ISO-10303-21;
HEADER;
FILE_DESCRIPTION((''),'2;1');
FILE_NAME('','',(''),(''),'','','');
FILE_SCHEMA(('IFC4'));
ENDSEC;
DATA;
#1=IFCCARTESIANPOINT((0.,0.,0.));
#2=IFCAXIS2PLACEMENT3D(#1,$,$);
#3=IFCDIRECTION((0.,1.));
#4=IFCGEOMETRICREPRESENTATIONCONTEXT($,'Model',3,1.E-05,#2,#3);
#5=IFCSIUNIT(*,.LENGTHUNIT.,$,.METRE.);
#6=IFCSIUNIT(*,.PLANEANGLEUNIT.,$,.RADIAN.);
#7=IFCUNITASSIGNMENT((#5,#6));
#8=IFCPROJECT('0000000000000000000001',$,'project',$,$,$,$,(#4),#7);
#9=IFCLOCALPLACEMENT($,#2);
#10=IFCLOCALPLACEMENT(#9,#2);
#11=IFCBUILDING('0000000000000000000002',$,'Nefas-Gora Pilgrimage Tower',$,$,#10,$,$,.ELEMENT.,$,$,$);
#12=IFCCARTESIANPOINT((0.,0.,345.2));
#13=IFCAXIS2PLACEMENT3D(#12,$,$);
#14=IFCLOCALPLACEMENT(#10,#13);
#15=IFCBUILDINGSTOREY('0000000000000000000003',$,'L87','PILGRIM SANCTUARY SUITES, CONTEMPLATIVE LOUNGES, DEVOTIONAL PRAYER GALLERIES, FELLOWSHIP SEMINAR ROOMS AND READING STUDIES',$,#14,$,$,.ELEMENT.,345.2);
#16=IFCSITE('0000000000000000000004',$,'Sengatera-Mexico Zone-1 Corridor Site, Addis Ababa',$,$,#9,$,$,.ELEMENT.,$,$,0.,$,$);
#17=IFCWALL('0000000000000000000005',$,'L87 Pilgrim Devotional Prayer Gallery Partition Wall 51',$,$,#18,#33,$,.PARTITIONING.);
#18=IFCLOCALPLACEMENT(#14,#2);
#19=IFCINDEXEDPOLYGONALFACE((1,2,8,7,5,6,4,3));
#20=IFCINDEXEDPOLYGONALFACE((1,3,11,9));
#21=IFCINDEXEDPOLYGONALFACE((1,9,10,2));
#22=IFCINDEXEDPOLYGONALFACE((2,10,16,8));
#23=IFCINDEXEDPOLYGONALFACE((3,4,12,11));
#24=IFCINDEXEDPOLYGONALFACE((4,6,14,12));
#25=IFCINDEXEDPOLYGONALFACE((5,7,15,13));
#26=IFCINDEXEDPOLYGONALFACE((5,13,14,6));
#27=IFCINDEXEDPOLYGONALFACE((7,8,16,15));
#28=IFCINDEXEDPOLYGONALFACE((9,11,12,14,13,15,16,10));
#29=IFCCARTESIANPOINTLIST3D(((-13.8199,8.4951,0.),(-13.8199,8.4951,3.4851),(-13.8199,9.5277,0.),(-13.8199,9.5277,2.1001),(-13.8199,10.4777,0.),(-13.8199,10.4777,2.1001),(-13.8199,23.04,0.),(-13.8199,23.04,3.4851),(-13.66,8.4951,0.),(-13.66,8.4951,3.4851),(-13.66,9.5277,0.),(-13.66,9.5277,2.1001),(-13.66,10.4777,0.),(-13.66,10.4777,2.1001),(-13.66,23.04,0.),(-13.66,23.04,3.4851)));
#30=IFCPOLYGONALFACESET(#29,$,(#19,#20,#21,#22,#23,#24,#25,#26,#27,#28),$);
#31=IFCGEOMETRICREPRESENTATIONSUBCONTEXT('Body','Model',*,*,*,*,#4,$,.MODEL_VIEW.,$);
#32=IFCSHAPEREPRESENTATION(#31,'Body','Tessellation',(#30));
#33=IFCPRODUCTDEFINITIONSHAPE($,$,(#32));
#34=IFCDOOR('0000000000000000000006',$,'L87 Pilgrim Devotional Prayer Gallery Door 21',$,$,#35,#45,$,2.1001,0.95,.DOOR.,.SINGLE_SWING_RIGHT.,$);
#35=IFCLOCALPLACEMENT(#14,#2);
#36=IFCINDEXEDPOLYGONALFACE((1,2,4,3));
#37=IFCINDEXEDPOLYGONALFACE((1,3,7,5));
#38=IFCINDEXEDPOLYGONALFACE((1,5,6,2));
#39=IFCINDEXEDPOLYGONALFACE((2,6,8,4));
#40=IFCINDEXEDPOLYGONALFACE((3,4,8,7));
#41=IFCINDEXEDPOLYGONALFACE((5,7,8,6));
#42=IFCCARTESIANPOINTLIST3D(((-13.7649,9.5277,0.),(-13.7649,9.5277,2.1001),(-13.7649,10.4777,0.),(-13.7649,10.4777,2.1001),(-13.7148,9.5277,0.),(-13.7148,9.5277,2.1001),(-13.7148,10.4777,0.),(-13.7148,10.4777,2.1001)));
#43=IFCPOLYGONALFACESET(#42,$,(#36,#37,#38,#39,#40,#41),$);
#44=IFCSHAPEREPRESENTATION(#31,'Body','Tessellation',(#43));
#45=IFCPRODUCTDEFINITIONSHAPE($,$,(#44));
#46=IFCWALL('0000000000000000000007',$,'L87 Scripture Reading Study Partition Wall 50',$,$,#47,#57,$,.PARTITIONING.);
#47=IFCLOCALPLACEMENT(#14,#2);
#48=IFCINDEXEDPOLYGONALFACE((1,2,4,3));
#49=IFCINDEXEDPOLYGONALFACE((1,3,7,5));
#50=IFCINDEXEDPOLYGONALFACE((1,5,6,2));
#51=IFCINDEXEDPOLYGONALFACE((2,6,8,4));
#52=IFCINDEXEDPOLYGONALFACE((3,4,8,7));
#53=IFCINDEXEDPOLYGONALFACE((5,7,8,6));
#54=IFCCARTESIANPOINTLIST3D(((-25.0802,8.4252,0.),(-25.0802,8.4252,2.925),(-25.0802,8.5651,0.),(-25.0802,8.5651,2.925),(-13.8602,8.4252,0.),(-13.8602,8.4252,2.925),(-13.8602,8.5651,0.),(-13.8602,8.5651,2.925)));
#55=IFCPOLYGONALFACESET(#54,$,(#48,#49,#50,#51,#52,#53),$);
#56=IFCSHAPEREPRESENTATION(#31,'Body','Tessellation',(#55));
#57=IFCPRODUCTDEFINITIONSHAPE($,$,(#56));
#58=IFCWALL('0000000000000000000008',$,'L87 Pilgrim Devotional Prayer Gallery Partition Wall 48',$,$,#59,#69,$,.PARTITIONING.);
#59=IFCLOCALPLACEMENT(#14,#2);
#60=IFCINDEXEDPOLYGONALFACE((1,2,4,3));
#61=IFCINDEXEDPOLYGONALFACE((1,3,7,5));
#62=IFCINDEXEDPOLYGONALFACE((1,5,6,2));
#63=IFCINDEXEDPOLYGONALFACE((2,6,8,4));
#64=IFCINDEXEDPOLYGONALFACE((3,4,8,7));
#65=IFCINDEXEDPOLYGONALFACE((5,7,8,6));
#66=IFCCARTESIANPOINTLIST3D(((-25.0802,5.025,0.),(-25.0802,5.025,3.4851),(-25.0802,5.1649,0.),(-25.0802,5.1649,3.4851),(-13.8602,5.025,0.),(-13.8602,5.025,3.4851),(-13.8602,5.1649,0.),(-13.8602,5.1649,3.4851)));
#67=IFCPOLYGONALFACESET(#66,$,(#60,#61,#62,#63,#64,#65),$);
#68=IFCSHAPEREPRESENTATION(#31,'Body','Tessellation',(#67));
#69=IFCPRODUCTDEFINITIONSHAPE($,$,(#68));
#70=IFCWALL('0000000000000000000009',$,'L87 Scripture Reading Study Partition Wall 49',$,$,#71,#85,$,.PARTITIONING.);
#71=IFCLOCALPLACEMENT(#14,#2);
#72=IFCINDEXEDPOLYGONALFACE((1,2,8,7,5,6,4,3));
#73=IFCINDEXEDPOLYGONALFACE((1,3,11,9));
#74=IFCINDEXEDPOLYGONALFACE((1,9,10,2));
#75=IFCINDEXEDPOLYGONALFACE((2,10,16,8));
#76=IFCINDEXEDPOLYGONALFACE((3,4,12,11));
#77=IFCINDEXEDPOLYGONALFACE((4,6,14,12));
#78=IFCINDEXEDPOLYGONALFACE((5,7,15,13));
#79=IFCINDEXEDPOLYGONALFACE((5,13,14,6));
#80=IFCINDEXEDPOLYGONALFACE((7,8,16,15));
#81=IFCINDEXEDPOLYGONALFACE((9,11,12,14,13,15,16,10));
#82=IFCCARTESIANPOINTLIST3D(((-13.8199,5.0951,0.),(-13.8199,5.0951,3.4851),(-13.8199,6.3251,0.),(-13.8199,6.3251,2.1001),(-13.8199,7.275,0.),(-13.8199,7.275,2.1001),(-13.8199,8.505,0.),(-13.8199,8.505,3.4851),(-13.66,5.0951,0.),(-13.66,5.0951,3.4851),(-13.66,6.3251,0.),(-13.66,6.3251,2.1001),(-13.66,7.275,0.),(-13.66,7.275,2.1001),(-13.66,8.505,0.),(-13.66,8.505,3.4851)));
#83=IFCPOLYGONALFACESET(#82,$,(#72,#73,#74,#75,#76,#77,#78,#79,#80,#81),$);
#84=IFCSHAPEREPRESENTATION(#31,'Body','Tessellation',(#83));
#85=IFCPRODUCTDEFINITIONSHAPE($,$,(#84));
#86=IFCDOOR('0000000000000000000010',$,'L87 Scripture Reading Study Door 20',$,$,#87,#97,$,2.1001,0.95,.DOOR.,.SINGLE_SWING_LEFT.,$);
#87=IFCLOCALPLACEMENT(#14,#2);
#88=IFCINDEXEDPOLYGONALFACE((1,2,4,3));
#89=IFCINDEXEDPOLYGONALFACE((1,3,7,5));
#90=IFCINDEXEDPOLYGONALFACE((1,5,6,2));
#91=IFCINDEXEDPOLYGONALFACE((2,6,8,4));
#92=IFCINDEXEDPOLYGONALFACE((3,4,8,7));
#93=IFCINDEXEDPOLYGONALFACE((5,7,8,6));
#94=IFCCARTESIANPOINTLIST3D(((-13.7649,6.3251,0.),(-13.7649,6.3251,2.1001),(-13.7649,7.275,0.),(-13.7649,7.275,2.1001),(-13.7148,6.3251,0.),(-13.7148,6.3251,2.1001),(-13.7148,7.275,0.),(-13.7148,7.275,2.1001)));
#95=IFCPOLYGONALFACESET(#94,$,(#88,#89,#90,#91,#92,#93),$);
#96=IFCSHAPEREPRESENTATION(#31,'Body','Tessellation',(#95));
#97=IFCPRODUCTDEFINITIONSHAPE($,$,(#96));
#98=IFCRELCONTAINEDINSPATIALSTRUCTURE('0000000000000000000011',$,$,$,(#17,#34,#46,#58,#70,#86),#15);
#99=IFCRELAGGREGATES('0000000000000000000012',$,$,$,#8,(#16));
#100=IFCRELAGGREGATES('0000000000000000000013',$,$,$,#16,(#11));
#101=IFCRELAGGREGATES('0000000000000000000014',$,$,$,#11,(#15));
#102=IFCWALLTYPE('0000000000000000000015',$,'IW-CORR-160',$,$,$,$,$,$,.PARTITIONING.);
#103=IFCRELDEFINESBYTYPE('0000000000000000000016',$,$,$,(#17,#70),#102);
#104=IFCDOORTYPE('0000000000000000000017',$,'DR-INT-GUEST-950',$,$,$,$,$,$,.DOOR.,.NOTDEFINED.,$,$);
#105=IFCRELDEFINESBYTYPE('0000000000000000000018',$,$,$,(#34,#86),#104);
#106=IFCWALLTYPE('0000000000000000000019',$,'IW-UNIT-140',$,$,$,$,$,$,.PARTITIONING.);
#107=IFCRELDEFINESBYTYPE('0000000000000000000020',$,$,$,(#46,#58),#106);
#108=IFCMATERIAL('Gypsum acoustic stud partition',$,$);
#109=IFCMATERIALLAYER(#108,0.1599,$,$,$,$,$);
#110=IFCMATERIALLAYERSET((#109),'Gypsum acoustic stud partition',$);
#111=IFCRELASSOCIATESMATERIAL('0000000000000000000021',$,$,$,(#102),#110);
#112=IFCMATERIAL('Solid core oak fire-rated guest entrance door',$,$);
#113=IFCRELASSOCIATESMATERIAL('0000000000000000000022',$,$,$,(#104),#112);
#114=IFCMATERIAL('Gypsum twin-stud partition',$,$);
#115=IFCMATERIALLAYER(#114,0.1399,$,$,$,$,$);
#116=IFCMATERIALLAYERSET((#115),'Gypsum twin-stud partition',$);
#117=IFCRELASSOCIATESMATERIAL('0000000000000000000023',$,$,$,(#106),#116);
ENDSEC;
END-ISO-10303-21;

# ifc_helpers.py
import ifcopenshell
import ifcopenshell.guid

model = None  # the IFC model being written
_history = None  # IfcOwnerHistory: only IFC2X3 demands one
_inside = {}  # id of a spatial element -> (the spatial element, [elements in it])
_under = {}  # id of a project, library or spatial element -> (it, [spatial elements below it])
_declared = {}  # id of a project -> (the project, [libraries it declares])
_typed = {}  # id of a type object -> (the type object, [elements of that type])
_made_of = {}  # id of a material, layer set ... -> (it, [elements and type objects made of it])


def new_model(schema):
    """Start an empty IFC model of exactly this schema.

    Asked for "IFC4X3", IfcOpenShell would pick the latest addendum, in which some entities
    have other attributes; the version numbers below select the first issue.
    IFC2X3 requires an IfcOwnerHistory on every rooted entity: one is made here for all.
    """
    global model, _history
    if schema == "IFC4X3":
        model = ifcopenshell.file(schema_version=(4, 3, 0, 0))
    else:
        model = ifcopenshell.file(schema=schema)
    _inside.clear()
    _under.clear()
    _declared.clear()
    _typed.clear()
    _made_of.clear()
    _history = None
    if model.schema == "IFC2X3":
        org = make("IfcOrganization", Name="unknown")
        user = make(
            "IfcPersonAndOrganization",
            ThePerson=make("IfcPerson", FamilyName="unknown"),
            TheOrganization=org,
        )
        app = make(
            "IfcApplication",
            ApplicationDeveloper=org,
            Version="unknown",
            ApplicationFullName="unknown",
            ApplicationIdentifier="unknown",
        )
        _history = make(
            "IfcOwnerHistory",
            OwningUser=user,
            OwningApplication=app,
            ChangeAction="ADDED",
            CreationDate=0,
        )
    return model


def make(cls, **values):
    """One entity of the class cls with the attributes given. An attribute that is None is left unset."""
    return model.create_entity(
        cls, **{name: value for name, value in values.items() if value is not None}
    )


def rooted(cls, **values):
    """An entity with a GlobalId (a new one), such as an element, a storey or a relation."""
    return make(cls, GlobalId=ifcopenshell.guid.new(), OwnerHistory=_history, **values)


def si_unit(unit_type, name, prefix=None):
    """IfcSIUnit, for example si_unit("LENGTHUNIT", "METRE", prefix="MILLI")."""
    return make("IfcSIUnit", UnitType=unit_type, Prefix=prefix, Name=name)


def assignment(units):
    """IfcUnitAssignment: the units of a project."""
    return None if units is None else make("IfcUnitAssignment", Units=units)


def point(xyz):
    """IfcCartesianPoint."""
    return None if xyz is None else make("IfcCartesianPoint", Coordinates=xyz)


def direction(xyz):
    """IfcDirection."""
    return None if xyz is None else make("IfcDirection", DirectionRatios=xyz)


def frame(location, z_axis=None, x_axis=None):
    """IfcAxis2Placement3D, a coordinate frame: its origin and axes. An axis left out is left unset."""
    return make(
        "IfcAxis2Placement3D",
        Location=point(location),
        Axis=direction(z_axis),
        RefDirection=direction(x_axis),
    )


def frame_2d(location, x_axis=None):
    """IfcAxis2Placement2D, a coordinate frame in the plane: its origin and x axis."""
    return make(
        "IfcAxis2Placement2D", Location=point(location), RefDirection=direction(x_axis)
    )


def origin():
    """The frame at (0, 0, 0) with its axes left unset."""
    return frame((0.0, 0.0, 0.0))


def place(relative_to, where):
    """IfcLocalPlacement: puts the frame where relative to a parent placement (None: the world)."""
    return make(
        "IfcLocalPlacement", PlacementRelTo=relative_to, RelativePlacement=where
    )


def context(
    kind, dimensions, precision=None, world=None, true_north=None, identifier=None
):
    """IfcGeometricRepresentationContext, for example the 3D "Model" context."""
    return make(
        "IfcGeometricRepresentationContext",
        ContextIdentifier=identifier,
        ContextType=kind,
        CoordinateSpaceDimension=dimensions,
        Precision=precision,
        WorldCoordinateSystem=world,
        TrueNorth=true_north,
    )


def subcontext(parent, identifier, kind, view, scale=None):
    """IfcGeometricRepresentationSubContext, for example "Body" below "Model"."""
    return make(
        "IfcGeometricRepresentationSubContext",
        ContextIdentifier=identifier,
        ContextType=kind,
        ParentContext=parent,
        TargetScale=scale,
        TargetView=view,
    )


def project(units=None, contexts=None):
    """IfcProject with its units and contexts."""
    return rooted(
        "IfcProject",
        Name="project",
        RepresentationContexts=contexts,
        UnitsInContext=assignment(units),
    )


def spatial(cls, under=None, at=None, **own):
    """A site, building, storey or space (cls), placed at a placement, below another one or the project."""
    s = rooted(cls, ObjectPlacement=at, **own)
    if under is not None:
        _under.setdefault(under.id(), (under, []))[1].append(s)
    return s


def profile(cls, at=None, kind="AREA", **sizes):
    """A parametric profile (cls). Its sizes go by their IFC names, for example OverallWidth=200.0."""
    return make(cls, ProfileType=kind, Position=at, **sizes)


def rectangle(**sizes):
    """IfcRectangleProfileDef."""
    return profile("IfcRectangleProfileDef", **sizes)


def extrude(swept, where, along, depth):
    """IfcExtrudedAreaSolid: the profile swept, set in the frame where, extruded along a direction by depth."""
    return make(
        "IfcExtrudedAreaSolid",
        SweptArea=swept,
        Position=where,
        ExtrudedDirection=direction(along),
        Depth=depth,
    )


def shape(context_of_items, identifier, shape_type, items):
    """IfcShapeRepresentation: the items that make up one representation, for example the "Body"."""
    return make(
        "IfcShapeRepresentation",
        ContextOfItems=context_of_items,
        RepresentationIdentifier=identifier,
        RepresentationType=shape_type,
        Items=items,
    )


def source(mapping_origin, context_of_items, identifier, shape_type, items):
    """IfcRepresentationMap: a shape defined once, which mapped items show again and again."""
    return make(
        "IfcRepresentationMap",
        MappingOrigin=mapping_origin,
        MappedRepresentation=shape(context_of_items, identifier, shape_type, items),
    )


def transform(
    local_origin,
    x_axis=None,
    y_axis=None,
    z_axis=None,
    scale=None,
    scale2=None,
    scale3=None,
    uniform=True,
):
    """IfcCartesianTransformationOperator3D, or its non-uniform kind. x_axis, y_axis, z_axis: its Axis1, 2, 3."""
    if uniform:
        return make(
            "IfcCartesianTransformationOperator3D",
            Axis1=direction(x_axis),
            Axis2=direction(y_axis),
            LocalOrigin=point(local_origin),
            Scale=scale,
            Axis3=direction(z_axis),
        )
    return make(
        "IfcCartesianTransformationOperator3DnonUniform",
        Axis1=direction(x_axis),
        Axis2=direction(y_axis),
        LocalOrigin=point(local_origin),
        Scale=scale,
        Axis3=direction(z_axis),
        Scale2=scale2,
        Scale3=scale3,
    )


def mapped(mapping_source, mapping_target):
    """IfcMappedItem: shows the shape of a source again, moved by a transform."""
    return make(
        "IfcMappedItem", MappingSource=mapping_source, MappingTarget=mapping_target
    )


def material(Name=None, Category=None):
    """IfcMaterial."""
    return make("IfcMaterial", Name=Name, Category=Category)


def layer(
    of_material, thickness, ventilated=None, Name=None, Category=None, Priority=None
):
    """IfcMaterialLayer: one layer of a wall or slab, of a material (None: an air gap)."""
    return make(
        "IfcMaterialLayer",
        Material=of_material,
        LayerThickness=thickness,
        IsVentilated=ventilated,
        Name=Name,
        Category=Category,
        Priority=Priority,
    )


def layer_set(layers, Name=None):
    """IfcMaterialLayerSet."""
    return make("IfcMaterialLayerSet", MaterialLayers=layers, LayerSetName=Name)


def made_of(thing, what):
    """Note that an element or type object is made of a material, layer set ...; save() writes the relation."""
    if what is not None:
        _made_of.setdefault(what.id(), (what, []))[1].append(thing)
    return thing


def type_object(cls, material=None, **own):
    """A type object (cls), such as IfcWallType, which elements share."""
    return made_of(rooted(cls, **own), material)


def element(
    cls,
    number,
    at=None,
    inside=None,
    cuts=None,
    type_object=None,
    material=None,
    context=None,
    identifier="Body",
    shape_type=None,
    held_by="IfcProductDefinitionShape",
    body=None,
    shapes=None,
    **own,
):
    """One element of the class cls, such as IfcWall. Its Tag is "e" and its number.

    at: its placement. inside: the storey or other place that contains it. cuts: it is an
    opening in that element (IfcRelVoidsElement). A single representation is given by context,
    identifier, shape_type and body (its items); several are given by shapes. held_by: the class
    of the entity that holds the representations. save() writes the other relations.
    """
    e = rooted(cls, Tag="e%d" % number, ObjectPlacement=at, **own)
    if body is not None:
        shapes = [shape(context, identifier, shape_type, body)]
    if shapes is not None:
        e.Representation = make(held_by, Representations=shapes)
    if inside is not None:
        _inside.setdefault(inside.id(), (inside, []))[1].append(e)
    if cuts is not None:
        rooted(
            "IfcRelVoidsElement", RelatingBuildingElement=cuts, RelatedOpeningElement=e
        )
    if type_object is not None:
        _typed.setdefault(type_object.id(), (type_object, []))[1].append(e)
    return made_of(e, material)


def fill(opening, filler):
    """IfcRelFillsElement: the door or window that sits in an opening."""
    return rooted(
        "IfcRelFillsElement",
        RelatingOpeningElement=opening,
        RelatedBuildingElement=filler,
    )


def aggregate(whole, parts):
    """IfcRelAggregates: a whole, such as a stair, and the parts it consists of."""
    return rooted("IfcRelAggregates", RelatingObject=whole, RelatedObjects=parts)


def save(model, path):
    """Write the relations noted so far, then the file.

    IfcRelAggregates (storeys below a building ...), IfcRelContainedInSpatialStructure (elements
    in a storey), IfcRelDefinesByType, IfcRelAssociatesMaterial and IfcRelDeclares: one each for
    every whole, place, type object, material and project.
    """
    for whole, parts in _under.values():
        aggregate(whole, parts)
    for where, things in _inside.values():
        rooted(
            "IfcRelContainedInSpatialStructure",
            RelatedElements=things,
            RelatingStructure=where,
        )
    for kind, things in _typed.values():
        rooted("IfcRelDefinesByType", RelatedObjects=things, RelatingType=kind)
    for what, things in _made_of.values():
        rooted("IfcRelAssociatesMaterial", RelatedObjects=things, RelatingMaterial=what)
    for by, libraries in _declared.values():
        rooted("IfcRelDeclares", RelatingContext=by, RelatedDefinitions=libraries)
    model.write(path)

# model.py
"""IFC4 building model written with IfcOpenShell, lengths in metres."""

from ifc_helpers import new_model, si_unit, direction, frame, frame_2d, origin, place, context, subcontext, project, spatial, rectangle, extrude, source, transform, mapped, material, layer, layer_set, type_object, element, fill, save


model = new_model("IFC4")

# Units and contexts
model_context = context("Model", 3, precision=1e-05, world=origin(), true_north=direction((0.0, 1.0)))
body_context = subcontext(model_context, "Body", "Model", "MODEL_VIEW")
ifc_project = project(units=[si_unit("LENGTHUNIT", "METRE"), si_unit("PLANEANGLEUNIT", "RADIAN")], contexts=[model_context])

# Site, building, storey
site_placement = place(None, origin())
site = spatial("IfcSite", under=ifc_project, at=site_placement, Name="Sengatera-Mexico Zone-1 Corridor Site, Addis Ababa", CompositionType="ELEMENT", RefElevation=0.0)
building_placement = place(site_placement, origin())
building = spatial("IfcBuilding", under=site, at=building_placement, Name="Nefas-Gora Pilgrimage Tower", CompositionType="ELEMENT")
storey_placement = place(building_placement, frame((0.0, 0.0, 345.2)))
storey = spatial("IfcBuildingStorey", under=building, at=storey_placement, Name="L87", Description="PILGRIM SANCTUARY SUITES, CONTEMPLATIVE LOUNGES, DEVOTIONAL PRAYER GALLERIES, FELLOWSHIP SEMINAR ROOMS AND READING STUDIES", CompositionType="ELEMENT", Elevation=345.2)

# Wall, opening, door
ifc_material_1 = material(Name="Gypsum acoustic stud partition")
ifc_layer_1 = layer(ifc_material_1, 0.1599)
ifc_layer_set_1 = layer_set([ifc_layer_1], Name="Gypsum acoustic stud partition")
wall_type_1 = type_object("IfcWallType", Name="IW-CORR-160", PredefinedType="PARTITIONING", material=ifc_layer_set_1)
shared_shape_1 = source(origin(), body_context, "Body", "SweptSolid", [
    extrude(rectangle(XDim=14.5449, YDim=0.1599, at=frame_2d((7.2725, 0.0))), origin(), (0.0, 0.0, 1.0), 3.4851),
])
wall_1_placement = place(storey_placement, frame((-13.74, 8.4951, 0.0), z_axis=(0.0, 0.0, 1.0), x_axis=(0.0, 1.0, 0.0)))
wall_1 = element("IfcWall", 1, at=wall_1_placement, inside=storey, type_object=wall_type_1, Name="L87 Pilgrim Devotional Prayer Gallery Partition Wall 51", PredefinedType="PARTITIONING", context=body_context, shape_type="MappedRepresentation", body=[
    mapped(shared_shape_1, transform((0.0, 0.0, 0.0), x_axis=(1.0, 0.0, 0.0), y_axis=(0.0, 1.0, 0.0), z_axis=(0.0, 0.0, 1.0), scale=1.0)),
])
opening_1_placement = place(wall_1_placement, frame((1.0325, 0.0, 0.0)))
opening_1 = element("IfcOpeningElement", 2, at=opening_1_placement, cuts=wall_1, PredefinedType="OPENING", context=body_context, shape_type="SweptSolid", body=[
    extrude(rectangle(XDim=0.95, YDim=2.1001, at=frame_2d((0.4751, 1.05))), frame((0.0, 0.0898, 0.0), z_axis=(0.0, -1.0, 0.0), x_axis=(1.0, 0.0, 0.0)), (0.0, 0.0, 1.0), 0.1799),
])
ifc_material_2 = material(Name="Solid core oak fire-rated guest entrance door")
door_type = type_object("IfcDoorType", Name="DR-INT-GUEST-950", OperationType="NOTDEFINED", PredefinedType="DOOR", material=ifc_material_2)
shared_shape_2 = source(origin(), body_context, "Body", "SweptSolid", [
    extrude(rectangle(XDim=0.95, YDim=2.1001, at=frame_2d((0.4751, 1.05))), frame((0.0, 0.0249, 0.0), z_axis=(0.0, -1.0, 0.0), x_axis=(1.0, 0.0, 0.0)), (0.0, 0.0, 1.0), 0.05),
])
door_1_placement = place(opening_1_placement, origin())
door_1 = element("IfcDoor", 3, at=door_1_placement, inside=storey, type_object=door_type, Name="L87 Pilgrim Devotional Prayer Gallery Door 21", OperationType="SINGLE_SWING_RIGHT", OverallHeight=2.1001, OverallWidth=0.95, PredefinedType="DOOR", context=body_context, shape_type="MappedRepresentation", body=[
    mapped(shared_shape_2, transform((0.0, 0.0, 0.0), x_axis=(1.0, 0.0, 0.0), y_axis=(0.0, 1.0, 0.0), z_axis=(0.0, 0.0, 1.0), scale=1.0)),
])
fill(opening_1, door_1)

# Walls
ifc_material_3 = material(Name="Gypsum twin-stud partition")
ifc_layer_2 = layer(ifc_material_3, 0.1399)
ifc_layer_set_2 = layer_set([ifc_layer_2], Name="Gypsum twin-stud partition")
wall_type_2 = type_object("IfcWallType", Name="IW-UNIT-140", PredefinedType="PARTITIONING", material=ifc_layer_set_2)
shared_shape_3 = source(origin(), body_context, "Body", "SweptSolid", [
    extrude(rectangle(XDim=11.22, YDim=0.1399, at=frame_2d((5.6099, 0.0))), origin(), (0.0, 0.0, 1.0), 2.925),
])
wall_2_placement = place(storey_placement, frame((-25.0801, 8.4951, 0.0), z_axis=(0.0, 0.0, 1.0), x_axis=(1.0, 0.0, 0.0)))
element("IfcWall", 4, at=wall_2_placement, inside=storey, type_object=wall_type_2, Name="L87 Scripture Reading Study Partition Wall 50", PredefinedType="PARTITIONING", context=body_context, shape_type="MappedRepresentation", body=[
    mapped(shared_shape_3, transform((0.0, 0.0, 0.0), x_axis=(1.0, 0.0, 0.0), y_axis=(0.0, 1.0, 0.0), z_axis=(0.0, 0.0, 1.0), scale=1.0)),
])
shared_shape_4 = source(origin(), body_context, "Body", "SweptSolid", [
    extrude(rectangle(XDim=11.22, YDim=0.1399, at=frame_2d((5.6099, 0.0))), origin(), (0.0, 0.0, 1.0), 3.4851),
])
wall_3_placement = place(storey_placement, frame((-25.0801, 5.095, 0.0), z_axis=(0.0, 0.0, 1.0), x_axis=(1.0, 0.0, 0.0)))
element("IfcWall", 5, at=wall_3_placement, inside=storey, type_object=wall_type_2, Name="L87 Pilgrim Devotional Prayer Gallery Partition Wall 48", PredefinedType="PARTITIONING", context=body_context, shape_type="MappedRepresentation", body=[
    mapped(shared_shape_4, transform((0.0, 0.0, 0.0), x_axis=(1.0, 0.0, 0.0), y_axis=(0.0, 1.0, 0.0), z_axis=(0.0, 0.0, 1.0), scale=1.0)),
])

# Wall, opening, door
shared_shape_5 = source(origin(), body_context, "Body", "SweptSolid", [
    extrude(rectangle(XDim=3.4099, YDim=0.1599, at=frame_2d((1.7051, 0.0))), origin(), (0.0, 0.0, 1.0), 3.4851),
])
wall_4_placement = place(storey_placement, frame((-13.74, 5.095, 0.0), z_axis=(0.0, 0.0, 1.0), x_axis=(0.0, 1.0, 0.0)))
wall_4 = element("IfcWall", 6, at=wall_4_placement, inside=storey, type_object=wall_type_1, Name="L87 Scripture Reading Study Partition Wall 49", PredefinedType="PARTITIONING", context=body_context, shape_type="MappedRepresentation", body=[
    mapped(shared_shape_5, transform((0.0, 0.0, 0.0), x_axis=(1.0, 0.0, 0.0), y_axis=(0.0, 1.0, 0.0), z_axis=(0.0, 0.0, 1.0), scale=1.0)),
])
opening_2_placement = place(wall_4_placement, frame((1.23, 0.0, 0.0)))
opening_2 = element("IfcOpeningElement", 7, at=opening_2_placement, cuts=wall_4, PredefinedType="OPENING", context=body_context, shape_type="SweptSolid", body=[
    extrude(rectangle(XDim=0.95, YDim=2.1001, at=frame_2d((0.4751, 1.05))), frame((0.0, 0.0898, 0.0), z_axis=(0.0, -1.0, 0.0), x_axis=(1.0, 0.0, 0.0)), (0.0, 0.0, 1.0), 0.1799),
])
door_2_placement = place(opening_2_placement, origin())
door_2 = element("IfcDoor", 8, at=door_2_placement, inside=storey, type_object=door_type, Name="L87 Scripture Reading Study Door 20", OperationType="SINGLE_SWING_LEFT", OverallHeight=2.1001, OverallWidth=0.95, PredefinedType="DOOR", context=body_context, shape_type="MappedRepresentation", body=[
    mapped(shared_shape_2, transform((0.0, 0.0, 0.0), x_axis=(1.0, 0.0, 0.0), y_axis=(0.0, 1.0, 0.0), z_axis=(0.0, 0.0, 1.0), scale=1.0)),
])
fill(opening_2, door_2)

save(model, "model.ifc")
